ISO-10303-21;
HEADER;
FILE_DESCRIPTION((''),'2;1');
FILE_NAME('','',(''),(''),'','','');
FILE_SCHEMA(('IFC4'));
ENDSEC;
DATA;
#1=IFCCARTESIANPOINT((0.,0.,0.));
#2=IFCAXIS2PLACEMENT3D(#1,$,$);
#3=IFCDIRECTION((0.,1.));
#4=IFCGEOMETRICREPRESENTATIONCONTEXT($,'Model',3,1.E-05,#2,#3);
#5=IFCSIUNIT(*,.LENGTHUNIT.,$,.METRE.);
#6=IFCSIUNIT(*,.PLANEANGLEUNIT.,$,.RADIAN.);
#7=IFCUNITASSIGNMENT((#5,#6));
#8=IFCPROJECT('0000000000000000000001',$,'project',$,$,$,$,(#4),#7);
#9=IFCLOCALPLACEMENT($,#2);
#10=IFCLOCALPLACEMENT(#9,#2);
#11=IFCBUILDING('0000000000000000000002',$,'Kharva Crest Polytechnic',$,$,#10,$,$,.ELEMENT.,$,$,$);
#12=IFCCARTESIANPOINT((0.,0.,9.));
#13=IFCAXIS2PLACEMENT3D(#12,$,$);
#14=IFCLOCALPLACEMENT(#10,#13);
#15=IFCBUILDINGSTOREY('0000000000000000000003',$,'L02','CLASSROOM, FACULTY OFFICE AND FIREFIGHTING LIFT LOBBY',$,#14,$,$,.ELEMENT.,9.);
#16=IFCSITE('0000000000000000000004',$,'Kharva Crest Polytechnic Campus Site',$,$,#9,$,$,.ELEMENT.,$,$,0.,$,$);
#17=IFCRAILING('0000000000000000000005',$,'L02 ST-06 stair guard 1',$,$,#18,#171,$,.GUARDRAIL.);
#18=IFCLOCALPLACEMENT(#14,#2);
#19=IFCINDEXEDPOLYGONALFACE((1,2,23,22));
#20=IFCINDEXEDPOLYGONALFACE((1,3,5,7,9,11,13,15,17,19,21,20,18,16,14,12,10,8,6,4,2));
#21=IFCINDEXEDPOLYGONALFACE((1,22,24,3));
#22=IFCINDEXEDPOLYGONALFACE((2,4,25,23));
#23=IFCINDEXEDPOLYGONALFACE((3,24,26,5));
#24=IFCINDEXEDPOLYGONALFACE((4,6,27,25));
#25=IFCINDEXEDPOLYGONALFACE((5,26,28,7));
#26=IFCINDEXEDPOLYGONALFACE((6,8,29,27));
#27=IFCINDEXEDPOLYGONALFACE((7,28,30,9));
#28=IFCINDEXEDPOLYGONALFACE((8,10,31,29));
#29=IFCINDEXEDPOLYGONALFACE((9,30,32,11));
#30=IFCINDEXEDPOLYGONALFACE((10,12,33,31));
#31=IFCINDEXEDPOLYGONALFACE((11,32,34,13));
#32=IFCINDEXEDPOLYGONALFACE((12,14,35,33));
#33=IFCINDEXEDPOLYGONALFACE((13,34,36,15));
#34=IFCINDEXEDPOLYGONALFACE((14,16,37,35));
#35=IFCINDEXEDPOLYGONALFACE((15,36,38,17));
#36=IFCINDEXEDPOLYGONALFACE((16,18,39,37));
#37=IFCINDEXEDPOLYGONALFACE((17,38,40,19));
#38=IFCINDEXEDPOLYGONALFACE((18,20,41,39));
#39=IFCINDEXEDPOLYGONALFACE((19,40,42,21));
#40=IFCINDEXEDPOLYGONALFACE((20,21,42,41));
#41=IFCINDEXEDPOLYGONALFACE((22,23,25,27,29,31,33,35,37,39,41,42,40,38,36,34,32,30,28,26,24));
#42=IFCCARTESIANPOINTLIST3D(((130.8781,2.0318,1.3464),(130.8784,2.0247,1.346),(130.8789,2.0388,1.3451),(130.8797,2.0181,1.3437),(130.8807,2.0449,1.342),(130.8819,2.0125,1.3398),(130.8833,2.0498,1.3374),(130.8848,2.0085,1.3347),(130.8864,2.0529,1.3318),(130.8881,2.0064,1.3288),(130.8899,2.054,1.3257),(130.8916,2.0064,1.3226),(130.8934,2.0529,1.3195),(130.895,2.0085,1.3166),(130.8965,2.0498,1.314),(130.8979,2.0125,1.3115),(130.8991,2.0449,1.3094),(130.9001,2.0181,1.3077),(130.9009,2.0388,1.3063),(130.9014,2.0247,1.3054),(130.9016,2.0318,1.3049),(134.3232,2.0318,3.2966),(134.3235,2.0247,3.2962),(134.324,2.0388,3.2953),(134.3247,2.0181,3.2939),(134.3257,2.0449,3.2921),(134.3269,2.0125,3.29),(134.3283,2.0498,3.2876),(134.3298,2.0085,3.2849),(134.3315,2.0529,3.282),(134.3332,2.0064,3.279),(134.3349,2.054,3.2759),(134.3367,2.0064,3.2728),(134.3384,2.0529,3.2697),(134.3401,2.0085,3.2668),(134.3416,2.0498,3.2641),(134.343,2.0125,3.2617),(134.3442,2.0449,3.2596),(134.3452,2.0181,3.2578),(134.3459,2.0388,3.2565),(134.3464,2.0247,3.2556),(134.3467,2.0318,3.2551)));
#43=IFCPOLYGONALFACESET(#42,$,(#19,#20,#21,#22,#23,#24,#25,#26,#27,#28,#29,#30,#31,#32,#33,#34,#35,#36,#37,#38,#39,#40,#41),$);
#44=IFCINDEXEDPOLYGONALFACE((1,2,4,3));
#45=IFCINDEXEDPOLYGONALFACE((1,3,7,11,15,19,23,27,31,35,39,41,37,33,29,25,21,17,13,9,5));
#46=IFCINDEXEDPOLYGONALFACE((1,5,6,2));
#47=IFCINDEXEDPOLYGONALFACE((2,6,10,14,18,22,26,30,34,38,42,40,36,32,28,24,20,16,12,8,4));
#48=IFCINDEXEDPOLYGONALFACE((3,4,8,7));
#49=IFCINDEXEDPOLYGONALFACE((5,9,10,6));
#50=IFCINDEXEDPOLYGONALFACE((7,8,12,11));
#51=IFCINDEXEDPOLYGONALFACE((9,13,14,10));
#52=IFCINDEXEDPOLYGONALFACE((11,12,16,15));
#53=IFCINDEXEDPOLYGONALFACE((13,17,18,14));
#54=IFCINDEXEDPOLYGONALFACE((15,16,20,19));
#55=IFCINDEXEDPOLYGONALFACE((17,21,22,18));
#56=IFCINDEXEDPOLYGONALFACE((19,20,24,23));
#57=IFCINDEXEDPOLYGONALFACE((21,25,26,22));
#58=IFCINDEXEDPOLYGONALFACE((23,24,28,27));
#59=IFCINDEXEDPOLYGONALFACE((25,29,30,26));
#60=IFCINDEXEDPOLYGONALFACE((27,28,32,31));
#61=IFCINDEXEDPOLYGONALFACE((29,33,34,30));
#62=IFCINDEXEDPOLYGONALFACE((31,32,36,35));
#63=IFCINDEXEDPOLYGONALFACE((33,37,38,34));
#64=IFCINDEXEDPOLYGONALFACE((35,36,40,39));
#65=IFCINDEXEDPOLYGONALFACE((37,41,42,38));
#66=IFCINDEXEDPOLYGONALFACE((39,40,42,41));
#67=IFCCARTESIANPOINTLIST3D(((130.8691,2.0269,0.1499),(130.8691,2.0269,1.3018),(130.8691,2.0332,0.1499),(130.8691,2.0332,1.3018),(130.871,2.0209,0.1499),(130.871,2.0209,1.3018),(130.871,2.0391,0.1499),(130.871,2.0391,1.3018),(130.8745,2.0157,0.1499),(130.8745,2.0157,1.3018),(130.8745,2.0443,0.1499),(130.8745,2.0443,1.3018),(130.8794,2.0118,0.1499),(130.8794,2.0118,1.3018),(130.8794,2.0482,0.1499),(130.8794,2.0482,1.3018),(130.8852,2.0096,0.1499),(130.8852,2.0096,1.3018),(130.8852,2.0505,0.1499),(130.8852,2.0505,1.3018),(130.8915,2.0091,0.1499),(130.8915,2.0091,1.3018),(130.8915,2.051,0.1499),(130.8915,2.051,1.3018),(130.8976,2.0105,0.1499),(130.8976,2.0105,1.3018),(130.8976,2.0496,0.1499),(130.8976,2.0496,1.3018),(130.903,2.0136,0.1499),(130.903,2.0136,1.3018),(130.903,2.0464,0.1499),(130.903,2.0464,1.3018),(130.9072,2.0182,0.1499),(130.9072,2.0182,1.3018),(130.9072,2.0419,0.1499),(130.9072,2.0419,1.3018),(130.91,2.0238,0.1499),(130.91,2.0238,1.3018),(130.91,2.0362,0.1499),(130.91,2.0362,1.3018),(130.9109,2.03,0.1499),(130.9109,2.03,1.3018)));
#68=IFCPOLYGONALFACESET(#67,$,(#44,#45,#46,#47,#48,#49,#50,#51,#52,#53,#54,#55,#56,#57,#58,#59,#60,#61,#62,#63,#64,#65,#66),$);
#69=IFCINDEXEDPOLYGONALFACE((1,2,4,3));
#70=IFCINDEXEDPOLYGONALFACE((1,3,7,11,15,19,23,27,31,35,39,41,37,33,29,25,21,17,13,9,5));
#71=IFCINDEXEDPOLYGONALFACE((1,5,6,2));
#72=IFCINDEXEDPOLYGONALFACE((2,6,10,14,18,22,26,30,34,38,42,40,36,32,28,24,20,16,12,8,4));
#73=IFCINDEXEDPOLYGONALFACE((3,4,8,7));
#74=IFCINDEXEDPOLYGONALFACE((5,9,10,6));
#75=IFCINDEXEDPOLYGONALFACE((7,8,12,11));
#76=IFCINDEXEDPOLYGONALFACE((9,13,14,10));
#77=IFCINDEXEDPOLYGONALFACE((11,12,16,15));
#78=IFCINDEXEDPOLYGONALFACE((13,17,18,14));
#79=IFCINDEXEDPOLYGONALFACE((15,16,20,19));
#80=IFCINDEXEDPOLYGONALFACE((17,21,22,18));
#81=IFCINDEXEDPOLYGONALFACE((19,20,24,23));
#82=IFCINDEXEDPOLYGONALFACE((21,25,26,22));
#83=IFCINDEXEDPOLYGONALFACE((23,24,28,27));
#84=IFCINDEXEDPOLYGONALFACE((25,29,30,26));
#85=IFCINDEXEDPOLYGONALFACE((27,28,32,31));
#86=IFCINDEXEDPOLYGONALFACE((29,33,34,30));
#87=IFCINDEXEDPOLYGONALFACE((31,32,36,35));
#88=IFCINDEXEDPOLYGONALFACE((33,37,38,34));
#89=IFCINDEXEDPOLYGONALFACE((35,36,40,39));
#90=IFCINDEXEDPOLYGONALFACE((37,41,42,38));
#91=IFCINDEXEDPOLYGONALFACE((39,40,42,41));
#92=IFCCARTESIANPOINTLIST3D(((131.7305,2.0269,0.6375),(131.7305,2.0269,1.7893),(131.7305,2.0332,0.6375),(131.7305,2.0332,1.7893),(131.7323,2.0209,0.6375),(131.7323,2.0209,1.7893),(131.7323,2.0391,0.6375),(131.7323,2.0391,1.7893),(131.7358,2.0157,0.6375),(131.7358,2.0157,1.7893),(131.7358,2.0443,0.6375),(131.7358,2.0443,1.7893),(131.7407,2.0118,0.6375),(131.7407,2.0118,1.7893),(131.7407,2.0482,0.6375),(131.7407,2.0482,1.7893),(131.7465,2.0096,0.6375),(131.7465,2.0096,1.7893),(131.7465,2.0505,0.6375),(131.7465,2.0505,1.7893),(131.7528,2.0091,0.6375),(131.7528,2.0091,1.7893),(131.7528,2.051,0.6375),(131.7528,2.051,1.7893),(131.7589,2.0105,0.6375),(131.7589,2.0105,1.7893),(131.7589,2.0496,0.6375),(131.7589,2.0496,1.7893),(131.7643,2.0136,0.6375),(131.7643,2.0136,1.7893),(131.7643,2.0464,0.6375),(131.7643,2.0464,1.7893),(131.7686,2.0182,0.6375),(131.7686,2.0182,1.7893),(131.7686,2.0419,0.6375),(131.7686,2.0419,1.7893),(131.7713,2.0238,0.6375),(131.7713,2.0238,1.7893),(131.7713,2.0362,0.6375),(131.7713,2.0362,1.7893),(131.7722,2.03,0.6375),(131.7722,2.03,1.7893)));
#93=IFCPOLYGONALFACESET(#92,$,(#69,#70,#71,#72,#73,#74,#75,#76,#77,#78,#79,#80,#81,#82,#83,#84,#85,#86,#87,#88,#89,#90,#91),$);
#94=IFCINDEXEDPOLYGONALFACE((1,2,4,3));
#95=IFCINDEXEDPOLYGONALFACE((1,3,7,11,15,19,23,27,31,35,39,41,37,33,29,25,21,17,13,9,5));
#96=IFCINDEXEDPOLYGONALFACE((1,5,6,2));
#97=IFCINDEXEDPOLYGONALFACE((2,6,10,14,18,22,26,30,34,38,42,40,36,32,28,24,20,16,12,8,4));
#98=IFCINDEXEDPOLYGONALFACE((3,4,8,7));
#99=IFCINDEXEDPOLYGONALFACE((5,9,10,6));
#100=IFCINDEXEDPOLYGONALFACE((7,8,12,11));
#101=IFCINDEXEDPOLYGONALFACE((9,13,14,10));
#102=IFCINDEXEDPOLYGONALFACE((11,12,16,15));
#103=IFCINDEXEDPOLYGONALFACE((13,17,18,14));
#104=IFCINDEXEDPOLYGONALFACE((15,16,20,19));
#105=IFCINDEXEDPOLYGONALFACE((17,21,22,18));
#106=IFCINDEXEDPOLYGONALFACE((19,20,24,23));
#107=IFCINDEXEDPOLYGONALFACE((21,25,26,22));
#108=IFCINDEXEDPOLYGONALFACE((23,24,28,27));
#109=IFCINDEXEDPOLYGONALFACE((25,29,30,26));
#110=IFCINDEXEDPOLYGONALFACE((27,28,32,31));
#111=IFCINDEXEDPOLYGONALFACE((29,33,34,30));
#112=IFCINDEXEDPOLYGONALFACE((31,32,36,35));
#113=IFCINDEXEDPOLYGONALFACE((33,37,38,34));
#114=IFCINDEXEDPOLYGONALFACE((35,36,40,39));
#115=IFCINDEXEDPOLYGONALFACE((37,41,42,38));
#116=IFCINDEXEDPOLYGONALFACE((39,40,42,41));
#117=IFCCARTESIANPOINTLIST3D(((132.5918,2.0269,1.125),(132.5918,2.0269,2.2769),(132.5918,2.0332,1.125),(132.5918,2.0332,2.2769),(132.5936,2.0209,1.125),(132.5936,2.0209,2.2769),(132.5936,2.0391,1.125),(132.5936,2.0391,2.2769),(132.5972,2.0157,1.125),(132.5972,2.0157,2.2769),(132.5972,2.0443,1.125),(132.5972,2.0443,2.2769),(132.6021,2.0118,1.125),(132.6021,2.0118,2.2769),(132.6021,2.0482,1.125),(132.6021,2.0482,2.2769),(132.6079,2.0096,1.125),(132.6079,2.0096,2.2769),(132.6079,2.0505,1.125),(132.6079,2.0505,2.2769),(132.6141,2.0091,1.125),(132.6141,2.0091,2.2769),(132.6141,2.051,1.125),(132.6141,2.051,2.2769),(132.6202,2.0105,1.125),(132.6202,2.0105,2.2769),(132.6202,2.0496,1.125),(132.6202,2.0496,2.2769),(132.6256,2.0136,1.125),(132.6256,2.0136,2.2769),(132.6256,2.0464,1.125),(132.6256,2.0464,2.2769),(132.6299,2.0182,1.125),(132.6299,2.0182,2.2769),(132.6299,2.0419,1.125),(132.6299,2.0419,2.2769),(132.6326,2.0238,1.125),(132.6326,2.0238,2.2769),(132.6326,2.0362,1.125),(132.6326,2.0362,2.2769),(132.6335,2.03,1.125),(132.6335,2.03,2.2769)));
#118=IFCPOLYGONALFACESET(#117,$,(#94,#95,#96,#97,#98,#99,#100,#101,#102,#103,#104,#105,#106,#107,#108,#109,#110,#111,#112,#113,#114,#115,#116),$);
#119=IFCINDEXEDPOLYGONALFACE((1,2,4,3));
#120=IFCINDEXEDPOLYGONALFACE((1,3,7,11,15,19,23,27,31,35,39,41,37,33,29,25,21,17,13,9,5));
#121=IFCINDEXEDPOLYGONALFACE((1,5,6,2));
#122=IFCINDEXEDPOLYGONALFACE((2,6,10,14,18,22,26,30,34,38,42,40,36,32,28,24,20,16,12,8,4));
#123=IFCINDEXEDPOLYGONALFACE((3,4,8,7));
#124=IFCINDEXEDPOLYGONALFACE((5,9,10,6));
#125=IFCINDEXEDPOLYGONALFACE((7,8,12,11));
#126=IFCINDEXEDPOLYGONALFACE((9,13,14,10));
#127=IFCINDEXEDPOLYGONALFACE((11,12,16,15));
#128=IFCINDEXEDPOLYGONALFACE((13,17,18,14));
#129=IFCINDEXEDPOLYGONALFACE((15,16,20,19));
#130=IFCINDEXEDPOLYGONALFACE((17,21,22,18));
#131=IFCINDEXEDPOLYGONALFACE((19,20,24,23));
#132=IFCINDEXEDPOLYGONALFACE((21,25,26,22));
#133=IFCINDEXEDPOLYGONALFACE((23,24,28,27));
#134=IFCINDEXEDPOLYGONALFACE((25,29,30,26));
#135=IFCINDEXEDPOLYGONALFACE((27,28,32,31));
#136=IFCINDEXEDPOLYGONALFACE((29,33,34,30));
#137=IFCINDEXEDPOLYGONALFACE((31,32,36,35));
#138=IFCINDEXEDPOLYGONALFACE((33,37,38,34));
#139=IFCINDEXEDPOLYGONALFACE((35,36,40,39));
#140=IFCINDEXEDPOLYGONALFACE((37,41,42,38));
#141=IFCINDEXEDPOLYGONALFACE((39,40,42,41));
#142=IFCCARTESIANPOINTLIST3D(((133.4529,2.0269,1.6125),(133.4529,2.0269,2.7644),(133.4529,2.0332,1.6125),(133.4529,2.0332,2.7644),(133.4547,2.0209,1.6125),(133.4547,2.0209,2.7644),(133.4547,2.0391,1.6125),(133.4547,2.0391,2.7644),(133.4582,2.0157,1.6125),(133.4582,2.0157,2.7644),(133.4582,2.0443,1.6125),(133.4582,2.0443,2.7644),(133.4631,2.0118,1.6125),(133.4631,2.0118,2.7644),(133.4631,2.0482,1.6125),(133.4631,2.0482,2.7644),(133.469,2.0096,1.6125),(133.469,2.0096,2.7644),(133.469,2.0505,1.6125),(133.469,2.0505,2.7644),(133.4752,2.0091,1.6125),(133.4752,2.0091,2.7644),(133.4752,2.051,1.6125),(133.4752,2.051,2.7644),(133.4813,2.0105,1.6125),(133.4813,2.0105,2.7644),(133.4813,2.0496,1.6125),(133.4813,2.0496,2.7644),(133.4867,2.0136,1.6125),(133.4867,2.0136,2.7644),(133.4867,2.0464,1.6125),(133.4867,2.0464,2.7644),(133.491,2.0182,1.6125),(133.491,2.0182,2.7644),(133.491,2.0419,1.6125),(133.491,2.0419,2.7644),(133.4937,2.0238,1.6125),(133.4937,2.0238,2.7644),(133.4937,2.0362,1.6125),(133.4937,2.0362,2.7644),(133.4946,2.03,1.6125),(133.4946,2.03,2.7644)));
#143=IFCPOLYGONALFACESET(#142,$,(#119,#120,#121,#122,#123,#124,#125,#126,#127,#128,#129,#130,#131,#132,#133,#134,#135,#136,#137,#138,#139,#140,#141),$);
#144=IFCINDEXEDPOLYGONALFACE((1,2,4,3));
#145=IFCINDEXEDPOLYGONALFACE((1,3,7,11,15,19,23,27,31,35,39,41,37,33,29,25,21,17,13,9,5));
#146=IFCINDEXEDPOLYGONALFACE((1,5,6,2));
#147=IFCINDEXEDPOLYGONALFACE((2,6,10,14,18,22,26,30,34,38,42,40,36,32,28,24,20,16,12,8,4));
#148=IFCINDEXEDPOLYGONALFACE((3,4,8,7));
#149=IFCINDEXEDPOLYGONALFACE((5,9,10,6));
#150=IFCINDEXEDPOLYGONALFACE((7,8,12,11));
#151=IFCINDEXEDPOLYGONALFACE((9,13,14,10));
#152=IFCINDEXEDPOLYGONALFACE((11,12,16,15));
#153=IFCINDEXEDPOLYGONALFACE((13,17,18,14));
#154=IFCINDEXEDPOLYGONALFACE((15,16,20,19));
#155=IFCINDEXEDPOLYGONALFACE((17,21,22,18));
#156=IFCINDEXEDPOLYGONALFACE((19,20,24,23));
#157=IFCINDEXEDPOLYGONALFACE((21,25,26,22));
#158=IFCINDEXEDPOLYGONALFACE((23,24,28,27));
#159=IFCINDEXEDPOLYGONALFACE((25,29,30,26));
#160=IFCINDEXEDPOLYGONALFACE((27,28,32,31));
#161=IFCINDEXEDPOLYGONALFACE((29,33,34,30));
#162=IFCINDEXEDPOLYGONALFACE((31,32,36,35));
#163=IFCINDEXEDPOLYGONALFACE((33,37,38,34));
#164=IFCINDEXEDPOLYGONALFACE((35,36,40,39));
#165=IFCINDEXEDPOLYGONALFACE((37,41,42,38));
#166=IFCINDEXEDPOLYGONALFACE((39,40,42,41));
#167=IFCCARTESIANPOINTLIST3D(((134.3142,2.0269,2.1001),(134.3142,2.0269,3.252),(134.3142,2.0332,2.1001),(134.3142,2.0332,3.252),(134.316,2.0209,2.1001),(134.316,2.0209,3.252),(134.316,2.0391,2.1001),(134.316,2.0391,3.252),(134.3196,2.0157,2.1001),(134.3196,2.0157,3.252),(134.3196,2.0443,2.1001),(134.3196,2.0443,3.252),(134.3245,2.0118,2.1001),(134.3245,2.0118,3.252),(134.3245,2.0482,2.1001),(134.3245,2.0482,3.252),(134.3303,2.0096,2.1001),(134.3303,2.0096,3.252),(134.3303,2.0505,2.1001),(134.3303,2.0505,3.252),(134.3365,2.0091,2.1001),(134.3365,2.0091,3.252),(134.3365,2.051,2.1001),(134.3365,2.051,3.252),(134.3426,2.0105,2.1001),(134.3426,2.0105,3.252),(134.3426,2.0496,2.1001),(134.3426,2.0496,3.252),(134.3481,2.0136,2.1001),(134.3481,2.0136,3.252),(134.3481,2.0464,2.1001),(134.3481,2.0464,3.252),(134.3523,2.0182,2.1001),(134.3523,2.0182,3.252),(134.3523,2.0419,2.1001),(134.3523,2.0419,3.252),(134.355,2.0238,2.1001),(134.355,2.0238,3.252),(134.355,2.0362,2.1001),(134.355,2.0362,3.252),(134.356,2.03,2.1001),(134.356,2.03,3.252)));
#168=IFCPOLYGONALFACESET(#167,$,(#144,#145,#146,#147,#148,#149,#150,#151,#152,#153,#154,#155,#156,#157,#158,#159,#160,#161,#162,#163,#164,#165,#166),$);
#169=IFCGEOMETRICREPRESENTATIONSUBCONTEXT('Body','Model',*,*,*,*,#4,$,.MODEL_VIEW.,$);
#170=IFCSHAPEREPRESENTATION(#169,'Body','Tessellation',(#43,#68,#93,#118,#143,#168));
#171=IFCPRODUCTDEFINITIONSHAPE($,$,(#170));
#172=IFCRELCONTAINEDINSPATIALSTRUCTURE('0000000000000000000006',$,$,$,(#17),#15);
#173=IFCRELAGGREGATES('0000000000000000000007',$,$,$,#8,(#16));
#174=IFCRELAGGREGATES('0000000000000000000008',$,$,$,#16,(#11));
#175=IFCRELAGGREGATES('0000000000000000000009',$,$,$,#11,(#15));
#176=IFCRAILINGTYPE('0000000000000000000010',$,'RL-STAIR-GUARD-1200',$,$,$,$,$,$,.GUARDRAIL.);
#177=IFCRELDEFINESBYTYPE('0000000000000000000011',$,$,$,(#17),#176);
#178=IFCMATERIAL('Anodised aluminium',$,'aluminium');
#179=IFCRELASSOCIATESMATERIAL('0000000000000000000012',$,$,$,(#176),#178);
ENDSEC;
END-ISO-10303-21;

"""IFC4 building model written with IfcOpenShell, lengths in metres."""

from ifc_helpers import new_model, si_unit, direction, frame, origin, origin_2d, place, context, subcontext, project, spatial, circle, extrude, material, type_object, element, save


model = new_model("IFC4")

# Units and contexts
model_context = context("Model", 3, precision=1e-05, world=origin(), true_north=direction((0.0, 1.0)))
body_context = subcontext(model_context, "Body", "Model", "MODEL_VIEW")
ifc_project = project(units=[si_unit("LENGTHUNIT", "METRE"), si_unit("PLANEANGLEUNIT", "RADIAN")], contexts=[model_context])

# Site, building, storey
site_placement = place(None, origin())
site = spatial("IfcSite", under=ifc_project, at=site_placement, Name="Kharva Crest Polytechnic Campus Site", CompositionType="ELEMENT", RefElevation=0.0)
building_placement = place(site_placement, origin())
building = spatial("IfcBuilding", under=site, at=building_placement, Name="Kharva Crest Polytechnic", CompositionType="ELEMENT")
storey_placement = place(building_placement, frame((0.0, 0.0, 9.0)))
storey = spatial("IfcBuildingStorey", under=building, at=storey_placement, Name="L02", Description="CLASSROOM, FACULTY OFFICE AND FIREFIGHTING LIFT LOBBY", CompositionType="ELEMENT", Elevation=9.0)

# Railing
ifc_material_1 = material(Name="Anodised aluminium", Category="aluminium")
railing_type_1 = type_object("IfcRailingType", Name="RL-STAIR-GUARD-1200", PredefinedType="GUARDRAIL", material=ifc_material_1)
railing_1_placement = place(storey_placement, frame((130.8899, 2.03, 0.1499)))
element("IfcRailing", 1, at=railing_1_placement, inside=storey, type_object=railing_type_1, Name="L02 ST-06 stair guard 1", PredefinedType="GUARDRAIL", context=body_context, shape_type="SweptSolid", body=[
    extrude(circle(Radius=0.0239, at=origin_2d()), frame((0.0, 0.0, 1.1758), z_axis=(0.87024, 0.0, 0.492628), x_axis=(0.0, 1.0, 0.0)), (0.0, 0.0, 1.0), 3.9587),
    extrude(circle(Radius=0.021, at=origin_2d()), origin(), (0.0, 0.0, 1.0), 1.1519),
    extrude(circle(Radius=0.021, at=origin_2d()), frame((0.8613, 0.0, 0.4875)), (0.0, 0.0, 1.0), 1.1519),
    extrude(circle(Radius=0.021, at=origin_2d()), frame((1.7227, 0.0, 0.9751)), (0.0, 0.0, 1.0), 1.1519),
    extrude(circle(Radius=0.021, at=origin_2d()), frame((2.5837, 0.0, 1.4626)), (0.0, 0.0, 1.0), 1.1519),
    extrude(circle(Radius=0.021, at=origin_2d()), frame((3.4451, 0.0, 1.9502)), (0.0, 0.0, 1.0), 1.1519),
])

save(model, "model.ifc")
